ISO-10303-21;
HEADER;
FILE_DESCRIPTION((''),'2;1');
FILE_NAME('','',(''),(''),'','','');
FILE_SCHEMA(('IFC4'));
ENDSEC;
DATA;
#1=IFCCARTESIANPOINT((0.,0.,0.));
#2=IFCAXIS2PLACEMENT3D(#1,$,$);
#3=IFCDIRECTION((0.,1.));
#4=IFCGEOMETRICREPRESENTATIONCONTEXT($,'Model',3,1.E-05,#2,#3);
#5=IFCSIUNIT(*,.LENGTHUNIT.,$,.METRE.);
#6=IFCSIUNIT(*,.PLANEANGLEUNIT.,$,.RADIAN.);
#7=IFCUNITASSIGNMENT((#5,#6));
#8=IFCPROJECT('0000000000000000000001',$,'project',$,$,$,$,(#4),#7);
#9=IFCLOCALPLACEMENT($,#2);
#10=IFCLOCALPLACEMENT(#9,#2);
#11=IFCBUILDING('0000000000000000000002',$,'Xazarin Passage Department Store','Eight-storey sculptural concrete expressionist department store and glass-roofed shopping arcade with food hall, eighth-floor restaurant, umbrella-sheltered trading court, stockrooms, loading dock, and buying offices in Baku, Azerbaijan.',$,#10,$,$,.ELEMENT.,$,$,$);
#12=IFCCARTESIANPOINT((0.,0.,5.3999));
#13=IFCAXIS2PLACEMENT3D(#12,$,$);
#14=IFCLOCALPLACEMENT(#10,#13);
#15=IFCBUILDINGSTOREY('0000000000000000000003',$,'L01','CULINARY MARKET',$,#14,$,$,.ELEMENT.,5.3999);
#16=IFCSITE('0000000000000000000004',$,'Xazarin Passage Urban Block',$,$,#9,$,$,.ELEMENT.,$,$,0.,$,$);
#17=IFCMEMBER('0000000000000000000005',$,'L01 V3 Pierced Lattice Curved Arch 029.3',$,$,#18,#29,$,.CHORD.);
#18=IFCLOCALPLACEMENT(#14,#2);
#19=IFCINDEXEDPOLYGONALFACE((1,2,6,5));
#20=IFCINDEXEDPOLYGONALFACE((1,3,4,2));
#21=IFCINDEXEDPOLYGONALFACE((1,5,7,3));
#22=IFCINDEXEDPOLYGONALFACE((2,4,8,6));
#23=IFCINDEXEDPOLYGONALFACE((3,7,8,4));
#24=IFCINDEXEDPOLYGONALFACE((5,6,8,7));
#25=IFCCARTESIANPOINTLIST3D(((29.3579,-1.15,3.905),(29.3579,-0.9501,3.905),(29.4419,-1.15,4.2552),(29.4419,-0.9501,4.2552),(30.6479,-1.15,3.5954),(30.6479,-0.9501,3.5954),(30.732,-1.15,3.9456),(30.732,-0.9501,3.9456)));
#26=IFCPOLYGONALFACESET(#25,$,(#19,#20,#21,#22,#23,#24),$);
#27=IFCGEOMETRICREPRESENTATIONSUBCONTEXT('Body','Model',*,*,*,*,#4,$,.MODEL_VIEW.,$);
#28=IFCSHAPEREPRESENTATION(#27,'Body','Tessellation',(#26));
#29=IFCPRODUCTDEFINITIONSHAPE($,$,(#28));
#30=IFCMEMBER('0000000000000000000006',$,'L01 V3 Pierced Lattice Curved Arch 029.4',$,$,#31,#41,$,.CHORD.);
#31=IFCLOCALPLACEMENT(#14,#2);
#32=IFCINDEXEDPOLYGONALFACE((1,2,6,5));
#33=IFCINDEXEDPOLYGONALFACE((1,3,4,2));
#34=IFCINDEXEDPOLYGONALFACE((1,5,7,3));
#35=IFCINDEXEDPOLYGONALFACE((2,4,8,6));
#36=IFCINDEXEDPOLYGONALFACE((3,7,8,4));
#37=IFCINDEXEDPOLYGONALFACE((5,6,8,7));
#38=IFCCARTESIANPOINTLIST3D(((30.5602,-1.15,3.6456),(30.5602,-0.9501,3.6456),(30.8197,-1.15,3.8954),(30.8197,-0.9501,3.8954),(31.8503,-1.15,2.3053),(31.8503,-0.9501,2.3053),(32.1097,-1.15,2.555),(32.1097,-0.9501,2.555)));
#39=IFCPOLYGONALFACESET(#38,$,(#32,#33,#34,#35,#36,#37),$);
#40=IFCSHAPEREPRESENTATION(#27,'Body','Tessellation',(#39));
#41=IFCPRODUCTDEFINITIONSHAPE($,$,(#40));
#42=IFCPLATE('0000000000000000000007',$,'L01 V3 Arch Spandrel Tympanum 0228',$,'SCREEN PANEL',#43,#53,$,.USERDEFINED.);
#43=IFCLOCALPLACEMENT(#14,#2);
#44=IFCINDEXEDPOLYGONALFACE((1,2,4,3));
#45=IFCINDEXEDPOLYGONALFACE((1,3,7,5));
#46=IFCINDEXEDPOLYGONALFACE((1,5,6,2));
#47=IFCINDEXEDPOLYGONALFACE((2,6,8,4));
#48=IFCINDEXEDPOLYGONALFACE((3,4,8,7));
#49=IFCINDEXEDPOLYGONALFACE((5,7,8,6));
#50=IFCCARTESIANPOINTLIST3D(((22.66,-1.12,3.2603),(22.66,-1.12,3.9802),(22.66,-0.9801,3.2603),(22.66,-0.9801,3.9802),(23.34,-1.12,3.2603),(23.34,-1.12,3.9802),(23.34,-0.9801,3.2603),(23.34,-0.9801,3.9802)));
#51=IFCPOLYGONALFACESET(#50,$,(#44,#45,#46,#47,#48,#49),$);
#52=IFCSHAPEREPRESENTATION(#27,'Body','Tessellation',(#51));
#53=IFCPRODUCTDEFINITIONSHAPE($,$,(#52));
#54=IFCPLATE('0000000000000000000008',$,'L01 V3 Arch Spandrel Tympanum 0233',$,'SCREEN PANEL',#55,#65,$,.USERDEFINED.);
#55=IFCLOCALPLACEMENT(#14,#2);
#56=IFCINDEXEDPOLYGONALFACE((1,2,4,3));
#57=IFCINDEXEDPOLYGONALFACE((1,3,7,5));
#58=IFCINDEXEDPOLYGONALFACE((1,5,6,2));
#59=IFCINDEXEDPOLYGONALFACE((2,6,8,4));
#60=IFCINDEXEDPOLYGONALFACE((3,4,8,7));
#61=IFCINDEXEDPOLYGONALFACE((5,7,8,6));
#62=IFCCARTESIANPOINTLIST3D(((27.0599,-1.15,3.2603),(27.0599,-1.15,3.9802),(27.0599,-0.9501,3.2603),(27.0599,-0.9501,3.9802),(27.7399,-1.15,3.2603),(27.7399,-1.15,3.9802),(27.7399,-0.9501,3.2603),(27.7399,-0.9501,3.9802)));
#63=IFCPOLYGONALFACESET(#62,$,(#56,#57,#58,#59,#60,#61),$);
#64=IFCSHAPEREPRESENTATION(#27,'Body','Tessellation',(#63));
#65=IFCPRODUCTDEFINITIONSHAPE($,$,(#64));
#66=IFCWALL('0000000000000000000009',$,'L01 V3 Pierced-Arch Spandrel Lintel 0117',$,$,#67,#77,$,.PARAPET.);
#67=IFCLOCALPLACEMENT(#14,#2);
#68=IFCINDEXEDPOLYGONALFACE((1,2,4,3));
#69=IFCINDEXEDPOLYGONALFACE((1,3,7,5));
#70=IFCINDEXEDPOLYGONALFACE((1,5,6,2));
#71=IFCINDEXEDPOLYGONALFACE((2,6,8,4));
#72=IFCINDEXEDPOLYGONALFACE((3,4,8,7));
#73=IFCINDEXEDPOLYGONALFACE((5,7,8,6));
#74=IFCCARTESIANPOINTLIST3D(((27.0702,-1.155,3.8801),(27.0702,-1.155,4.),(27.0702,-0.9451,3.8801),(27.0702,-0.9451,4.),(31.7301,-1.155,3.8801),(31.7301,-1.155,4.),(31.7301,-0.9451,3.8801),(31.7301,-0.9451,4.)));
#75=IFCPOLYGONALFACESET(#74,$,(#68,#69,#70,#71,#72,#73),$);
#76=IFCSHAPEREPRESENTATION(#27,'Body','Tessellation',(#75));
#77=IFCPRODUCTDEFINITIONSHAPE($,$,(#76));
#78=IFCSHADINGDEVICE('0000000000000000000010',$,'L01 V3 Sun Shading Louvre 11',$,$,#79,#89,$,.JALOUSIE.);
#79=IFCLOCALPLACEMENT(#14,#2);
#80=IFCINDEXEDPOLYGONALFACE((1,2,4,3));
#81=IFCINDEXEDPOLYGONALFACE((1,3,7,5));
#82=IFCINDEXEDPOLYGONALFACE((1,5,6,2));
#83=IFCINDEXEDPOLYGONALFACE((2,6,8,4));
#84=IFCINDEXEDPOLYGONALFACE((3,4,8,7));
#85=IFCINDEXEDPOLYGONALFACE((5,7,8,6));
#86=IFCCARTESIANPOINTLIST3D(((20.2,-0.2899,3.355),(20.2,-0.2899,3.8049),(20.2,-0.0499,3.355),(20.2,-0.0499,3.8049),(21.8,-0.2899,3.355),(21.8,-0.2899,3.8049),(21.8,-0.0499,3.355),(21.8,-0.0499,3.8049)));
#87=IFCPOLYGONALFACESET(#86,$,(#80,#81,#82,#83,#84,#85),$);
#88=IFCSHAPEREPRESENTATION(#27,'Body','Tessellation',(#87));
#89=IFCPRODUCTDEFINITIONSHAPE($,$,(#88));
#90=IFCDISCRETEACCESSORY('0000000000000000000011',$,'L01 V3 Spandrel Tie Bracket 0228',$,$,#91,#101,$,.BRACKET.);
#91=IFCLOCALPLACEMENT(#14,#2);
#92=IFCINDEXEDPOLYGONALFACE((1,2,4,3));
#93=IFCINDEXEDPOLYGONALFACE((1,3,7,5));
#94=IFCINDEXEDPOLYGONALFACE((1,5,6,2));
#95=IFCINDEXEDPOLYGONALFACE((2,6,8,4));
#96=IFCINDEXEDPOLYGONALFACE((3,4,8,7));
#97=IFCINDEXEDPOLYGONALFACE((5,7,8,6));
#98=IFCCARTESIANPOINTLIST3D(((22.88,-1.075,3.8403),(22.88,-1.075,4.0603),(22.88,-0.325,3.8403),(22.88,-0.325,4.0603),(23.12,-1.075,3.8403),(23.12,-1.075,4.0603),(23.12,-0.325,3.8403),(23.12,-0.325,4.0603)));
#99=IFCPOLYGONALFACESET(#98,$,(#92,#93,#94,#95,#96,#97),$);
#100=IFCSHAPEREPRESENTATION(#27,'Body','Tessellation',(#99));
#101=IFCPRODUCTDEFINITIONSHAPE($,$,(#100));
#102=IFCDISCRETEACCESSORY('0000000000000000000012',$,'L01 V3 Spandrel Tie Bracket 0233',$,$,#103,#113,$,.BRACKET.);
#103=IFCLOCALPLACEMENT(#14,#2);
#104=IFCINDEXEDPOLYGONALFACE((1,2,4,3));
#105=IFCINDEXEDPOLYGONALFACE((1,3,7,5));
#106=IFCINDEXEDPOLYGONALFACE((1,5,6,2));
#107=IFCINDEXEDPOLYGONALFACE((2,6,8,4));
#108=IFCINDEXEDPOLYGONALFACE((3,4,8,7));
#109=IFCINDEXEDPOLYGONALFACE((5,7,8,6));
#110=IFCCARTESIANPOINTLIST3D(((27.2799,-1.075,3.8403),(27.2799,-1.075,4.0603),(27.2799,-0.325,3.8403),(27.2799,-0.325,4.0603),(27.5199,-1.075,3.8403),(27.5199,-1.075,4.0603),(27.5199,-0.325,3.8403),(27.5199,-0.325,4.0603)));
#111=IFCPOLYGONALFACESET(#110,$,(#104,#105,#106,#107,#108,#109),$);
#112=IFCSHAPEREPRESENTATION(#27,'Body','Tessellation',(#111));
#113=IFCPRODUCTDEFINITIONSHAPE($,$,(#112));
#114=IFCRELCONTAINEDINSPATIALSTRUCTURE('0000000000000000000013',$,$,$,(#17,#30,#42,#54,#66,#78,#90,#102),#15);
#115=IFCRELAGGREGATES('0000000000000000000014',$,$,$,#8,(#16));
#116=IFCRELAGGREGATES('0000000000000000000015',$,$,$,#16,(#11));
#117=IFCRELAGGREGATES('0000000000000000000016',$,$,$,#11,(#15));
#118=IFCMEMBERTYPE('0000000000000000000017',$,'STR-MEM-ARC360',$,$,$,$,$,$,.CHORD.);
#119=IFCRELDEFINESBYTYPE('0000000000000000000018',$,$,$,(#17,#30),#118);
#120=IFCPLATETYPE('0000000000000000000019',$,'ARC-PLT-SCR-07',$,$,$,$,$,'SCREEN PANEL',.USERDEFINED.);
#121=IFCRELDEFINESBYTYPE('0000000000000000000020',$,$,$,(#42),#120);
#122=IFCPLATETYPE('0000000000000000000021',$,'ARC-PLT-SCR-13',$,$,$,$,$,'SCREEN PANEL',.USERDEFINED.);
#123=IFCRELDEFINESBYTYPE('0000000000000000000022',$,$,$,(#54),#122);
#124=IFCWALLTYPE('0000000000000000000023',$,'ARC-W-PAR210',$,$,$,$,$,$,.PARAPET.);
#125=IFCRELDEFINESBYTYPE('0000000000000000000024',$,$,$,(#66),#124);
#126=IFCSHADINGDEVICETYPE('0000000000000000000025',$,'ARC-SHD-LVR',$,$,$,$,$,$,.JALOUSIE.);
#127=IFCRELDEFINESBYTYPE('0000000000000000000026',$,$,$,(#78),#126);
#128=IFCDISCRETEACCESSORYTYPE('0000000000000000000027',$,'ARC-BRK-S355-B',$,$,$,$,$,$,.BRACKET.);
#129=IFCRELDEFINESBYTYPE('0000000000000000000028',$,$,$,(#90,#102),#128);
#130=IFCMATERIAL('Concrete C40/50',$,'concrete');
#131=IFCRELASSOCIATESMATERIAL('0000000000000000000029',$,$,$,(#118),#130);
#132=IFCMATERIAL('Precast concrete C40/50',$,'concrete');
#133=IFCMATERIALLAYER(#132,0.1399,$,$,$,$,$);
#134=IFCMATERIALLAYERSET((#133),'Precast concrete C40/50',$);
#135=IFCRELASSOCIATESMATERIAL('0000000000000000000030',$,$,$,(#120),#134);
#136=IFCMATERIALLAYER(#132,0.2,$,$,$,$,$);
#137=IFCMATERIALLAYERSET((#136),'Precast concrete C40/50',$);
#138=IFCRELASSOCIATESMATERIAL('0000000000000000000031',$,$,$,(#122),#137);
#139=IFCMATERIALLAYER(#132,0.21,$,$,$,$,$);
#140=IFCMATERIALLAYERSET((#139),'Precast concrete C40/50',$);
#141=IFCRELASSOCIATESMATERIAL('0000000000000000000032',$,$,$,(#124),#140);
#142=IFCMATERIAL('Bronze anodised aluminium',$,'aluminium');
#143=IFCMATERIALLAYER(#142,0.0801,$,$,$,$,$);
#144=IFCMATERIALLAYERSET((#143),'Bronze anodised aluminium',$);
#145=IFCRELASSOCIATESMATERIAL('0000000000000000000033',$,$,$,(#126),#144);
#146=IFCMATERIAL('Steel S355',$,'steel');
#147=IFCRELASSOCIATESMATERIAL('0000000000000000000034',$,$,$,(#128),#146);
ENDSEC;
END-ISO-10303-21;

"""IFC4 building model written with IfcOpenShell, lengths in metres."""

from ifc_helpers import new_model, si_unit, direction, frame, frame_2d, origin, origin_2d, place, context, subcontext, project, spatial, rectangle, extrude, material, layer, layer_set, material_profile, profile_set, type_object, element, save


model = new_model("IFC4")

# Units and contexts
model_context = context("Model", 3, precision=1e-05, world=origin(), true_north=direction((0.0, 1.0)))
body_context = subcontext(model_context, "Body", "Model", "MODEL_VIEW")
ifc_project = project(units=[si_unit("LENGTHUNIT", "METRE"), si_unit("PLANEANGLEUNIT", "RADIAN")], contexts=[model_context])

# Site, building, storey
site_placement = place(None, origin())
site = spatial("IfcSite", under=ifc_project, at=site_placement, Name="Xazarin Passage Urban Block", CompositionType="ELEMENT", RefElevation=0.0)
building_placement = place(site_placement, origin())
building = spatial("IfcBuilding", under=site, at=building_placement, Name="Xazarin Passage Department Store", Description="Eight-storey sculptural concrete expressionist department store and glass-roofed shopping arcade with food hall, eighth-floor restaurant, umbrella-sheltered trading court, stockrooms, loading dock, and buying offices in Baku, Azerbaijan.", CompositionType="ELEMENT")
storey_placement = place(building_placement, frame((0.0, 0.0, 5.3999)))
storey = spatial("IfcBuildingStorey", under=building, at=storey_placement, Name="L01", Description="CULINARY MARKET", CompositionType="ELEMENT", Elevation=5.3999)

# Shared definitions
ifc_material_1 = material(Name="Concrete C40/50", Category="concrete")

# Shared definitions
ifc_material_2 = material(Name="Bronze anodised aluminium", Category="aluminium")

# Members
ifc_material_profile_1 = material_profile(ifc_material_1, rectangle(XDim=0.2, YDim=0.3601, at=origin_2d()), Name="RC 200x360")
ifc_profile_set_1 = profile_set([ifc_material_profile_1], Name="Concrete C40/50")
member_type_1 = type_object("IfcMemberType", Name="STR-MEM-ARC360", PredefinedType="CHORD", material=ifc_profile_set_1)
member_1_placement = place(storey_placement, frame((29.3999, -1.05, 4.0801), z_axis=(0.972394, 0.0, -0.233345), x_axis=(0.0, 1.0, 0.0)))
element("IfcMember", 1, at=member_1_placement, inside=storey, type_object=member_type_1, Name="L01 V3 Pierced Lattice Curved Arch 029.3", PredefinedType="CHORD", context=body_context, shape_type="SweptSolid", body=[
    extrude(rectangle(XDim=0.2, YDim=0.3601, at=origin_2d()), origin(), (0.0, 0.0, 1.0), 1.3267),
])
member_2_placement = place(storey_placement, frame((30.6899, -1.05, 3.7705), z_axis=(0.69346, 0.0, -0.720495), x_axis=(0.0, 1.0, 0.0)))
element("IfcMember", 2, at=member_2_placement, inside=storey, type_object=member_type_1, Name="L01 V3 Pierced Lattice Curved Arch 029.4", PredefinedType="CHORD", context=body_context, shape_type="SweptSolid", body=[
    extrude(rectangle(XDim=0.2, YDim=0.3601, at=origin_2d()), origin(), (0.0, 0.0, 1.0), 1.8604),
])

# Plates
ifc_material_3 = material(Name="Precast concrete C40/50", Category="concrete")
ifc_layer_1 = layer(ifc_material_3, 0.1399)
ifc_layer_set_1 = layer_set([ifc_layer_1], Name="Precast concrete C40/50")
plate_type_1 = type_object("IfcPlateType", Name="ARC-PLT-SCR-07", ElementType="SCREEN PANEL", PredefinedType="USERDEFINED", material=ifc_layer_set_1)
plate_1_placement = place(storey_placement, frame((23.0, -1.05, 3.2603), z_axis=(0.0, 0.0, 1.0), x_axis=(1.0, 0.0, 0.0)))
element("IfcPlate", 3, at=plate_1_placement, inside=storey, type_object=plate_type_1, Name="L01 V3 Arch Spandrel Tympanum 0228", ObjectType="SCREEN PANEL", PredefinedType="USERDEFINED", context=body_context, shape_type="SweptSolid", body=[
    extrude(rectangle(XDim=0.6799, YDim=0.1399, at=origin_2d()), origin(), (0.0, 0.0, 1.0), 0.72),
])
ifc_layer_2 = layer(ifc_material_3, 0.2)
ifc_layer_set_2 = layer_set([ifc_layer_2], Name="Precast concrete C40/50")
plate_type_2 = type_object("IfcPlateType", Name="ARC-PLT-SCR-13", ElementType="SCREEN PANEL", PredefinedType="USERDEFINED", material=ifc_layer_set_2)
plate_2_placement = place(storey_placement, frame((27.3999, -1.05, 3.2603), z_axis=(0.0, 0.0, 1.0), x_axis=(1.0, 0.0, 0.0)))
element("IfcPlate", 4, at=plate_2_placement, inside=storey, type_object=plate_type_2, Name="L01 V3 Arch Spandrel Tympanum 0233", ObjectType="SCREEN PANEL", PredefinedType="USERDEFINED", context=body_context, shape_type="SweptSolid", body=[
    extrude(rectangle(XDim=0.6799, YDim=0.2, at=origin_2d()), origin(), (0.0, 0.0, 1.0), 0.72),
])

# Wall
ifc_layer_3 = layer(ifc_material_3, 0.21)
ifc_layer_set_3 = layer_set([ifc_layer_3], Name="Precast concrete C40/50")
wall_type = type_object("IfcWallType", Name="ARC-W-PAR210", PredefinedType="PARAPET", material=ifc_layer_set_3)
wall_placement = place(storey_placement, frame((27.0701, -1.05, 3.8801), z_axis=(0.0, 0.0, 1.0), x_axis=(1.0, 0.0, 0.0)))
element("IfcWall", 5, at=wall_placement, inside=storey, type_object=wall_type, Name="L01 V3 Pierced-Arch Spandrel Lintel 0117", PredefinedType="PARAPET", context=body_context, shape_type="SweptSolid", body=[
    extrude(rectangle(XDim=4.6599, YDim=0.21, at=frame_2d((2.3301, 0.0))), origin(), (0.0, 0.0, 1.0), 0.1199),
])

# Shading device
ifc_layer_4 = layer(ifc_material_2, 0.0801)
ifc_layer_set_4 = layer_set([ifc_layer_4], Name="Bronze anodised aluminium")
shading_device_type = type_object("IfcShadingDeviceType", Name="ARC-SHD-LVR", PredefinedType="JALOUSIE", material=ifc_layer_set_4)
shading_device_placement = place(storey_placement, frame((21.0, -0.1699, 3.355), z_axis=(0.0, 0.0, 1.0), x_axis=(1.0, 0.0, 0.0)))
element("IfcShadingDevice", 6, at=shading_device_placement, inside=storey, type_object=shading_device_type, Name="L01 V3 Sun Shading Louvre 11", PredefinedType="JALOUSIE", context=body_context, shape_type="SweptSolid", body=[
    extrude(rectangle(XDim=1.6001, YDim=0.24, at=origin_2d()), origin(), (0.0, 0.0, 1.0), 0.45),
])

# Discrete accessories
ifc_material_4 = material(Name="Steel S355", Category="steel")
discrete_accessory_type = type_object("IfcDiscreteAccessoryType", Name="ARC-BRK-S355-B", PredefinedType="BRACKET", material=ifc_material_4)
for number, where, z_axis, x_axis, name in (
    (7, (23.0, -0.7, 3.8403), (0.0, 0.0, 1.0), (1.0, 0.0, 0.0), "L01 V3 Spandrel Tie Bracket 0228"),
    (8, (27.3999, -0.7, 3.8403), (0.0, 0.0, 1.0), (1.0, 0.0, 0.0), "L01 V3 Spandrel Tie Bracket 0233"),
):
    element("IfcDiscreteAccessory", number, at=place(storey_placement, frame(where, z_axis=z_axis, x_axis=x_axis)), inside=storey, type_object=discrete_accessory_type, Name=name, PredefinedType="BRACKET", context=body_context, shape_type="SweptSolid", body=[
        extrude(rectangle(XDim=0.24, YDim=0.75, at=origin_2d()), origin(), (0.0, 0.0, 1.0), 0.22),
    ])

save(model, "model.ifc")
